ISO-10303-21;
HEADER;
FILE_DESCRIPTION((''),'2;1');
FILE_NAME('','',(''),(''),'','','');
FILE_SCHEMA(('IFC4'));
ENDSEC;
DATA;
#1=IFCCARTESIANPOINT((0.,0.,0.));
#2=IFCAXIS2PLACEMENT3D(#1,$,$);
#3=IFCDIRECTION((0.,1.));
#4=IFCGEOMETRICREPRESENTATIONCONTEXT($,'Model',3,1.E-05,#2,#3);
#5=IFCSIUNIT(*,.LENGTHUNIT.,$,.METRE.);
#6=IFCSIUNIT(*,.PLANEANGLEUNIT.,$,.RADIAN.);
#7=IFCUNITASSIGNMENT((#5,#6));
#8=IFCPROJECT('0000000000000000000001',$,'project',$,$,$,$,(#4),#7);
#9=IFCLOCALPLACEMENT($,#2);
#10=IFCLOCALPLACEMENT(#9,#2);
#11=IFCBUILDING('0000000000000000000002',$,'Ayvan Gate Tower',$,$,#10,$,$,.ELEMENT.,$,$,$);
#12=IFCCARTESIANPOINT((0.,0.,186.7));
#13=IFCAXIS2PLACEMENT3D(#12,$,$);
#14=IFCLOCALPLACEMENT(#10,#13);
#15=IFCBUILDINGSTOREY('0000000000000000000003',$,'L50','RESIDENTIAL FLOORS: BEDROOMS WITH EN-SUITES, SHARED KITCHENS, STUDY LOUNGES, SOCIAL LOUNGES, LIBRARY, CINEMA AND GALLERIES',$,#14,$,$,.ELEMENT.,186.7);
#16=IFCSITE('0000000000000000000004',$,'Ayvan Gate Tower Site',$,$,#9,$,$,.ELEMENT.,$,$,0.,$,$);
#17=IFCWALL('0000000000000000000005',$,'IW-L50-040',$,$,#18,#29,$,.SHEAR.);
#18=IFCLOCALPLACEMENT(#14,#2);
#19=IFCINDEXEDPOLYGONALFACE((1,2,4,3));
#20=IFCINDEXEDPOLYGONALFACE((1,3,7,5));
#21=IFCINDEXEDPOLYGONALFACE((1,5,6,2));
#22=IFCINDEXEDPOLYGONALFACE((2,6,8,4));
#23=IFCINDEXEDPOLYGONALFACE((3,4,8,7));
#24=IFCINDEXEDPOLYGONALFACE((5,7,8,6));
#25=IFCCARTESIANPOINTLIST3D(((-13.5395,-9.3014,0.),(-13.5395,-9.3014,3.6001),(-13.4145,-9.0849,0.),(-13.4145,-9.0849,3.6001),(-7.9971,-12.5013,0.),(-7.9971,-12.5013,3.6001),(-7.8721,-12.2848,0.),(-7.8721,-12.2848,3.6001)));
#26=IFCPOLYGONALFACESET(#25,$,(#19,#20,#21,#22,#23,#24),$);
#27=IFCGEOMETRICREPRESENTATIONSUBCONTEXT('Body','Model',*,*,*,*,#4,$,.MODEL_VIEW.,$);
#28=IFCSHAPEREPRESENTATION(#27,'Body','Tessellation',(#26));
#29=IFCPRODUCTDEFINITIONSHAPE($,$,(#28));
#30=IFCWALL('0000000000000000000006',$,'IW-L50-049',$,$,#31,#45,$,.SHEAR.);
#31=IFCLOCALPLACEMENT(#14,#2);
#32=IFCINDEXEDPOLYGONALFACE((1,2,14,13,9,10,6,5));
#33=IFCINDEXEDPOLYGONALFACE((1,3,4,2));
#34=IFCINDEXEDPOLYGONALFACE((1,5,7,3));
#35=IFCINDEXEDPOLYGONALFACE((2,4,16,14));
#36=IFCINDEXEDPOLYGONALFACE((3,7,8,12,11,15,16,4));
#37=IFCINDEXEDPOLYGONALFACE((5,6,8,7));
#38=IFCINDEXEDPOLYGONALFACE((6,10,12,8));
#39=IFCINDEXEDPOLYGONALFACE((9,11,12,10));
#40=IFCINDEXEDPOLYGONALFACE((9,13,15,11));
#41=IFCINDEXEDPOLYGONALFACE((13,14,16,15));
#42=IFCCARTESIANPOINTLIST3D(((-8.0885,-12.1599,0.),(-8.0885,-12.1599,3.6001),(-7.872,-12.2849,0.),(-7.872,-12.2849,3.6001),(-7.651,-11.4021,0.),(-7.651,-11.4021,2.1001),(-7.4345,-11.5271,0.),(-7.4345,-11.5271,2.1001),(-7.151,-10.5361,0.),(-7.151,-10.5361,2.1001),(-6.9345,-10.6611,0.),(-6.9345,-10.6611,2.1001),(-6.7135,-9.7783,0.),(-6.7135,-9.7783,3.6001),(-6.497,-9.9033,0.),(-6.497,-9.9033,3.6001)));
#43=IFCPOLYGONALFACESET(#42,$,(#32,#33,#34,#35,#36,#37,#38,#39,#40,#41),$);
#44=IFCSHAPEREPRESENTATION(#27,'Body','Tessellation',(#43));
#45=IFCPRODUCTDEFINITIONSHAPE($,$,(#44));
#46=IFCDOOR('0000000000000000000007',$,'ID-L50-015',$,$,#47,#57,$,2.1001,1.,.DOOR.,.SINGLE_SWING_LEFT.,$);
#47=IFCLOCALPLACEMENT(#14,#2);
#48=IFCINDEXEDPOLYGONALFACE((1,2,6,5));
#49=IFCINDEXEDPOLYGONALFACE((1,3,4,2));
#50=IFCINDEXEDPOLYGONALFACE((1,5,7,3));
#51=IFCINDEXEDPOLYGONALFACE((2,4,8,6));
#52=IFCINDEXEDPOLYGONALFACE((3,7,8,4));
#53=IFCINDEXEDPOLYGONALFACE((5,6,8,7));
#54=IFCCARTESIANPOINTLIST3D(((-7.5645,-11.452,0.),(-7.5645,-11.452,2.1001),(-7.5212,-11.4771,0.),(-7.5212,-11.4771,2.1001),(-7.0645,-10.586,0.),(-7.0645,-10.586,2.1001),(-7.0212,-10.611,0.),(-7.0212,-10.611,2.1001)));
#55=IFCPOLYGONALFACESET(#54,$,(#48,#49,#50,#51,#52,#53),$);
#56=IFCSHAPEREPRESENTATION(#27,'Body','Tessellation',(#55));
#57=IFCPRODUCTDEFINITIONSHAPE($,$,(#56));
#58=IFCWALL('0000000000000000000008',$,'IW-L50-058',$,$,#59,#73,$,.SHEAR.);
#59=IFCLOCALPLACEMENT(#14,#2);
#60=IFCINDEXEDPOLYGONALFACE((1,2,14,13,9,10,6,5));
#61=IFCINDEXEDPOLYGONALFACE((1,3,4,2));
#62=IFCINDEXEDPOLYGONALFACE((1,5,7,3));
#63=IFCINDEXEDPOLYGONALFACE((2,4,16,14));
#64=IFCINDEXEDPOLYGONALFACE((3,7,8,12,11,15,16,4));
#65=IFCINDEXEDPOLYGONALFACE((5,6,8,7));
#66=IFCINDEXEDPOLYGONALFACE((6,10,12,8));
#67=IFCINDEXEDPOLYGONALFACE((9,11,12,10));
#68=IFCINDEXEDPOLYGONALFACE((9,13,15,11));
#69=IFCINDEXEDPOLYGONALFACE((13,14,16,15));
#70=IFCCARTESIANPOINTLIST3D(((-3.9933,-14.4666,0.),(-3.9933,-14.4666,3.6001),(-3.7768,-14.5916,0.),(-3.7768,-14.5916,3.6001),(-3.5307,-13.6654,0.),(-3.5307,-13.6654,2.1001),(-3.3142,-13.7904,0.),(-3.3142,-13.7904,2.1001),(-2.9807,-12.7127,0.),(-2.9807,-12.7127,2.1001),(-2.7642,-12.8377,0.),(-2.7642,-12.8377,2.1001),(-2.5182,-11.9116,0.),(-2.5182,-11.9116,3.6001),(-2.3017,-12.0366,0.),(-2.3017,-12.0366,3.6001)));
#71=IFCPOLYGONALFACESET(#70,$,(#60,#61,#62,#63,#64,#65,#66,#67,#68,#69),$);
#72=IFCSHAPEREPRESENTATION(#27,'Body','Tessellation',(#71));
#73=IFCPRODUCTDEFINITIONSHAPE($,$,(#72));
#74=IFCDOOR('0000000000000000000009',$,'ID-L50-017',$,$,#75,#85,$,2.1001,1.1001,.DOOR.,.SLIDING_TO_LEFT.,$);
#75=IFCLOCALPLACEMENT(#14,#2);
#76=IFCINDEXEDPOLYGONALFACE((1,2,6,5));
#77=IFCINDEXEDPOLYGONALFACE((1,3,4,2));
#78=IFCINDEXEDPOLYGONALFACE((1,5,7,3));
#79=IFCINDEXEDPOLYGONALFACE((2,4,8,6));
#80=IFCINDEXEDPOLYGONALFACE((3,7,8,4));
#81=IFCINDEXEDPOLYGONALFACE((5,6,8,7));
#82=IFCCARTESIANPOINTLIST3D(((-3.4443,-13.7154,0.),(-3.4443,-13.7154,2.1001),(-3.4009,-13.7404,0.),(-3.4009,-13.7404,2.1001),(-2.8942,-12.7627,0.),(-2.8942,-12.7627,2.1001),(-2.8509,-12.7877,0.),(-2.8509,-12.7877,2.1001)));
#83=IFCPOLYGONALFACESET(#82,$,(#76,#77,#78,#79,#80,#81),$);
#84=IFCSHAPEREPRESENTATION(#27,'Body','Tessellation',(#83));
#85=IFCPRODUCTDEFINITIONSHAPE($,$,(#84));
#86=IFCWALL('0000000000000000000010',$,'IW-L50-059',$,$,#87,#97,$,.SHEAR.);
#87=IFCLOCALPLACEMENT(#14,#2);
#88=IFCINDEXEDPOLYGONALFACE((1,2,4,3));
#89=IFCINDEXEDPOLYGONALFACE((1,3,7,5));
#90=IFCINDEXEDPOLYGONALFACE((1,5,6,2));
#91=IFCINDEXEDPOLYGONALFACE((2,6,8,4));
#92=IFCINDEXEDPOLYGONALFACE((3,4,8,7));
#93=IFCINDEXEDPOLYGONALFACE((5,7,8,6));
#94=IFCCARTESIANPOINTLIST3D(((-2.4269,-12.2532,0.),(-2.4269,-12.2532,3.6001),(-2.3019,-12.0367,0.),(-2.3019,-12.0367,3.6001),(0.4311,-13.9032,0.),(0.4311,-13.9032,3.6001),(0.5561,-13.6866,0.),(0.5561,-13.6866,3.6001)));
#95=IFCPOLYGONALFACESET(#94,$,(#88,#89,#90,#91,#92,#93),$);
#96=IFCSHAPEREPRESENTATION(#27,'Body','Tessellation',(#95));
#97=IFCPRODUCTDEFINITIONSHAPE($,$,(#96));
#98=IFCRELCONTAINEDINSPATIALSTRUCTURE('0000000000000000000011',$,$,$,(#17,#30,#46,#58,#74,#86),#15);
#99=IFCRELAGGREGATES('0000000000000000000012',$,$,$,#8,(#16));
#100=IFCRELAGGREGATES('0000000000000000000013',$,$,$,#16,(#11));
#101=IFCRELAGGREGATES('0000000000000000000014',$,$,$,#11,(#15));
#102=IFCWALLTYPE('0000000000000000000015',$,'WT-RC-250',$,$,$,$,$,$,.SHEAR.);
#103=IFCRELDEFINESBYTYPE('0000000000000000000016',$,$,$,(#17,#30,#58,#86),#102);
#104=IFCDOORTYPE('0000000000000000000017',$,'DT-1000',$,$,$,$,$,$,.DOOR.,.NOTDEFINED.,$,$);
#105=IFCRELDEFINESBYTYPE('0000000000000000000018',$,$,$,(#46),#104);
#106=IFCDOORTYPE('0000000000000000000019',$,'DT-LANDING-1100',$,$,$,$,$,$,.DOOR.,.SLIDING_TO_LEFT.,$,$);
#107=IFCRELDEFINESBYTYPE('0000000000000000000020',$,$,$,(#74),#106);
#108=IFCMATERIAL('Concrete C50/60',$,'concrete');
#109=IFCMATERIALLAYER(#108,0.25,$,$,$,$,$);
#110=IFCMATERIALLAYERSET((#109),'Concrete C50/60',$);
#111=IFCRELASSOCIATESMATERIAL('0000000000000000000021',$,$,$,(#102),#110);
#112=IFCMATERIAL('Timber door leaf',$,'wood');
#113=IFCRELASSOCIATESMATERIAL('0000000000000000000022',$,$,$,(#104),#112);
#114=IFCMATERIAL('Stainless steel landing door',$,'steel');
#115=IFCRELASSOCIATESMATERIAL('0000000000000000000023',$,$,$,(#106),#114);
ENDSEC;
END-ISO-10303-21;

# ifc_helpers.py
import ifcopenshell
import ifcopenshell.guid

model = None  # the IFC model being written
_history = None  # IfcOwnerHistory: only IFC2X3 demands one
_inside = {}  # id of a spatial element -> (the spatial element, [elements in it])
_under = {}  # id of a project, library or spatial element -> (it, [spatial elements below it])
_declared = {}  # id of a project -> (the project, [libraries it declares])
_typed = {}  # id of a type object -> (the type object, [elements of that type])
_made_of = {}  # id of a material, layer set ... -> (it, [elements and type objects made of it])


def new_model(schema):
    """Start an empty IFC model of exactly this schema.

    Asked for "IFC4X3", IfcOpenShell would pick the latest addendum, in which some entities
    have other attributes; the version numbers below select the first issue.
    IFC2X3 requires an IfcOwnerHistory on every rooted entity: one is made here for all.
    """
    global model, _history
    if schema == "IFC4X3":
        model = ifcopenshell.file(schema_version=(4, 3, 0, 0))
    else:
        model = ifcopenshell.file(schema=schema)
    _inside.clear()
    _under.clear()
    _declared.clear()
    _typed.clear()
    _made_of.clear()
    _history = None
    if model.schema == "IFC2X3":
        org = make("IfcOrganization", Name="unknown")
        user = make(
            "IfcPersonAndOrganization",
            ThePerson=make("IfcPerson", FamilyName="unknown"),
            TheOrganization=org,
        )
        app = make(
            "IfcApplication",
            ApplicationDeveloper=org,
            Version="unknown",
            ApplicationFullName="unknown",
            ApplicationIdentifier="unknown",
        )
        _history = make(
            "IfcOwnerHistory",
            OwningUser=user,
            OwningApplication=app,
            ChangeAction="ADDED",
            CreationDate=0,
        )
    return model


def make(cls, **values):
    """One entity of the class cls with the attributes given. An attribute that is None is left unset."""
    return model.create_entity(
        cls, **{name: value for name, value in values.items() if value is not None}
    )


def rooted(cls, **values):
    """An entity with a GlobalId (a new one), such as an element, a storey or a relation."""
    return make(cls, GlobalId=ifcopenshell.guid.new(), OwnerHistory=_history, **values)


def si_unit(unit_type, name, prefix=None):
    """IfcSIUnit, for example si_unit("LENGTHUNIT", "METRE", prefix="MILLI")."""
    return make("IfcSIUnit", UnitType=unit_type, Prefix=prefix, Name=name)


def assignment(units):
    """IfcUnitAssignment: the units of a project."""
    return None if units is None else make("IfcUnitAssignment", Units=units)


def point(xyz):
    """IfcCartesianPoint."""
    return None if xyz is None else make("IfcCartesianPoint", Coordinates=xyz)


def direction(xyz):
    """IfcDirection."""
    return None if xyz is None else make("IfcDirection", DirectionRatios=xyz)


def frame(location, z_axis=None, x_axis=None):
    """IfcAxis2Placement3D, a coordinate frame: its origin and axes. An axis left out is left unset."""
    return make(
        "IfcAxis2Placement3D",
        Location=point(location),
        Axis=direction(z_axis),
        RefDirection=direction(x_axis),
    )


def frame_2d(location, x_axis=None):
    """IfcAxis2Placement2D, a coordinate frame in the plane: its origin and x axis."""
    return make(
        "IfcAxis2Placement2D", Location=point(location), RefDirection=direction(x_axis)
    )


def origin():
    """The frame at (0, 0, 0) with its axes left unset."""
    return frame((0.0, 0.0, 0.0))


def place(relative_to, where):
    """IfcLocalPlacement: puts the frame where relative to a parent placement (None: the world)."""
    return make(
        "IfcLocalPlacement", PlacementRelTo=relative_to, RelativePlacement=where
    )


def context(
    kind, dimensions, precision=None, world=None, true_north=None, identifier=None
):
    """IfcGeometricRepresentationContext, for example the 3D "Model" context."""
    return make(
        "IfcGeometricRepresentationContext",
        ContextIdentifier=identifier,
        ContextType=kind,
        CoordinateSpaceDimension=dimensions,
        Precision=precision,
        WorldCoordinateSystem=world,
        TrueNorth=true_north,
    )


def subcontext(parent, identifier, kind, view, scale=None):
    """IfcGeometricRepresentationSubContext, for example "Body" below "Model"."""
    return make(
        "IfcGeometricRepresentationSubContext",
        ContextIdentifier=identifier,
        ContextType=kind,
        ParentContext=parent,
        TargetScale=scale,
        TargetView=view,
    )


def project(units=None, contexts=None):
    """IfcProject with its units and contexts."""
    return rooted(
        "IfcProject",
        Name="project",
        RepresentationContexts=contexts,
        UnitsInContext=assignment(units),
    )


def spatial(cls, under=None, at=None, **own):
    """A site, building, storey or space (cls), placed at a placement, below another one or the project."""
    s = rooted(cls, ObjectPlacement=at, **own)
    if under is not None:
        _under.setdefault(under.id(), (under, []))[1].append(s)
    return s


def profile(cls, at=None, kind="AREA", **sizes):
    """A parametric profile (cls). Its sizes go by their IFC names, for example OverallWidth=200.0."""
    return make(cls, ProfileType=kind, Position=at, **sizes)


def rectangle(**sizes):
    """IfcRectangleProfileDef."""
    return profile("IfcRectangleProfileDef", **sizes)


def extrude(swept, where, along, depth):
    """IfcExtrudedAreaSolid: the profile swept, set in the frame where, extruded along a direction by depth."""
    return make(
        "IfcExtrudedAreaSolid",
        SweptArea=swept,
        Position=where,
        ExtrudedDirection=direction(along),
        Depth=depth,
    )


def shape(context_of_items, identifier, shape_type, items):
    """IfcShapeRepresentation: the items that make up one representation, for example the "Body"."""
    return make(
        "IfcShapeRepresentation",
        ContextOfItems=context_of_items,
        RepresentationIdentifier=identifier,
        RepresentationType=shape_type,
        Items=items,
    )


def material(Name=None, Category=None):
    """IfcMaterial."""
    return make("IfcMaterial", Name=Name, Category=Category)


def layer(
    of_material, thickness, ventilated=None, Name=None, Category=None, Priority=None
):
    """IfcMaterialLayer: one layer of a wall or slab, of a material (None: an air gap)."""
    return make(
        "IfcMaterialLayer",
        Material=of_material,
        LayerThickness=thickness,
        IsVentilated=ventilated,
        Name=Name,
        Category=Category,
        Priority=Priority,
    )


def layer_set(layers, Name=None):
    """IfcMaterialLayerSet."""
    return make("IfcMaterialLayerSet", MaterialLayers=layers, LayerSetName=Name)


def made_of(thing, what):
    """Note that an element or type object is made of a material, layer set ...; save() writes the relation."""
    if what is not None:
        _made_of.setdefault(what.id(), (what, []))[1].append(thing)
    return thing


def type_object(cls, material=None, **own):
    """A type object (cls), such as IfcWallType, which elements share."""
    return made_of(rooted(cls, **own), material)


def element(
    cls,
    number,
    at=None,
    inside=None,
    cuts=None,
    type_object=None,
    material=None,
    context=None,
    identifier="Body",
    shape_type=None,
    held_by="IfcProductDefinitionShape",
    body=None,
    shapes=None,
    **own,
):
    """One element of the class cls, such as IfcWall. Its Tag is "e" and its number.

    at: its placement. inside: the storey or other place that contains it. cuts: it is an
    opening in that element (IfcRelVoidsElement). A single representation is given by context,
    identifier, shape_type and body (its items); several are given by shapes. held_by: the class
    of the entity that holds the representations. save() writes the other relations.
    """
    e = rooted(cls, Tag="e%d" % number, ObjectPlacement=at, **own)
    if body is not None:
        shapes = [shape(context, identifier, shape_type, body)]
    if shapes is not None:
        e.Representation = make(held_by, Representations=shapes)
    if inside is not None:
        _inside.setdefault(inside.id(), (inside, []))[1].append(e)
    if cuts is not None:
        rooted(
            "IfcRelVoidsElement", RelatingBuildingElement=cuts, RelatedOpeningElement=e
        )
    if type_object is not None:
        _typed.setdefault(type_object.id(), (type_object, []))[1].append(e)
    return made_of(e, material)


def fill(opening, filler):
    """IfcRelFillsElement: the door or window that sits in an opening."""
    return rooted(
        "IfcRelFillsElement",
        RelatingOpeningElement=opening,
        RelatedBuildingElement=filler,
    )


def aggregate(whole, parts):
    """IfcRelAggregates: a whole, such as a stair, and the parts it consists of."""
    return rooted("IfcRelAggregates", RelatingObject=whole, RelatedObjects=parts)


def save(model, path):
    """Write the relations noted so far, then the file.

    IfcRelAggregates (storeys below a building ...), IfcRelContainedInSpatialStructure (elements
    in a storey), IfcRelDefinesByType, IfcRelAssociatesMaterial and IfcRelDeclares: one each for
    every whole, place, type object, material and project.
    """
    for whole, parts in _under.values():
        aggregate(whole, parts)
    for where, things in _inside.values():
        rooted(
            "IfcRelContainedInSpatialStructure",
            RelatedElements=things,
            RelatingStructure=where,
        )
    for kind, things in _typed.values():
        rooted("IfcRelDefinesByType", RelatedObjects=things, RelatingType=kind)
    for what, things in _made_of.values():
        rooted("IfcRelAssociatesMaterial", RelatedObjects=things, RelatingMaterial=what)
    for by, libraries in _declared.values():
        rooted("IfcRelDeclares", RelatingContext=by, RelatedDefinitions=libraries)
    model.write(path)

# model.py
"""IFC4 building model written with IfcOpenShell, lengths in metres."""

from ifc_helpers import new_model, si_unit, direction, frame, frame_2d, origin, place, context, subcontext, project, spatial, rectangle, extrude, material, layer, layer_set, type_object, element, fill, save


model = new_model("IFC4")

# Units and contexts
model_context = context("Model", 3, precision=1e-05, world=origin(), true_north=direction((0.0, 1.0)))
body_context = subcontext(model_context, "Body", "Model", "MODEL_VIEW")
ifc_project = project(units=[si_unit("LENGTHUNIT", "METRE"), si_unit("PLANEANGLEUNIT", "RADIAN")], contexts=[model_context])

# Site, building, storey
site_placement = place(None, origin())
site = spatial("IfcSite", under=ifc_project, at=site_placement, Name="Ayvan Gate Tower Site", CompositionType="ELEMENT", RefElevation=0.0)
building_placement = place(site_placement, origin())
building = spatial("IfcBuilding", under=site, at=building_placement, Name="Ayvan Gate Tower", CompositionType="ELEMENT")
storey_placement = place(building_placement, frame((0.0, 0.0, 186.7)))
storey = spatial("IfcBuildingStorey", under=building, at=storey_placement, Name="L50", Description="RESIDENTIAL FLOORS: BEDROOMS WITH EN-SUITES, SHARED KITCHENS, STUDY LOUNGES, SOCIAL LOUNGES, LIBRARY, CINEMA AND GALLERIES", CompositionType="ELEMENT", Elevation=186.7)

# Shared definitions
ifc_material_1 = material(Name="Timber door leaf", Category="wood")

# Wall
ifc_material_2 = material(Name="Concrete C50/60", Category="concrete")
ifc_layer_1 = layer(ifc_material_2, 0.25)
ifc_layer_set_1 = layer_set([ifc_layer_1], Name="Concrete C50/60")
wall_type_1 = type_object("IfcWallType", Name="WT-RC-250", PredefinedType="SHEAR", material=ifc_layer_set_1)
wall_1_placement = place(storey_placement, frame((-7.9346, -12.3931, 0.0), z_axis=(0.0, 0.0, 1.0), x_axis=(-0.866025, 0.5, 0.0)))
element("IfcWall", 1, at=wall_1_placement, inside=storey, type_object=wall_type_1, Name="IW-L50-040", PredefinedType="SHEAR", context=body_context, shape_type="SweptSolid", body=[
    extrude(rectangle(XDim=6.3999, YDim=0.25, at=frame_2d((3.2, 0.0))), origin(), (0.0, 0.0, 1.0), 3.6001),
])

# Walls, openings, doors
wall_2_placement = place(storey_placement, frame((-6.6052, -9.8408, 0.0), z_axis=(0.0, 0.0, 1.0), x_axis=(-0.499997, -0.866027, 0.0)))
wall_2 = element("IfcWall", 2, at=wall_2_placement, inside=storey, type_object=wall_type_1, Name="IW-L50-049", PredefinedType="SHEAR", context=body_context, shape_type="SweptSolid", body=[
    extrude(rectangle(XDim=2.75, YDim=0.25, at=frame_2d((1.375, 0.0))), origin(), (0.0, 0.0, 1.0), 3.6001),
])
opening_1_placement = place(wall_2_placement, frame((0.875, 0.0, 0.0)))
opening_1 = element("IfcOpeningElement", 3, at=opening_1_placement, cuts=wall_2, PredefinedType="OPENING", context=body_context, shape_type="SweptSolid", body=[
    extrude(rectangle(XDim=1.0, YDim=2.1001, at=frame_2d((0.5, 1.05))), frame((0.0, 0.135, 0.0), z_axis=(0.0, -1.0, 0.0), x_axis=(1.0, 0.0, 0.0)), (0.0, 0.0, 1.0), 0.27),
])
door_type_1 = type_object("IfcDoorType", Name="DT-1000", OperationType="NOTDEFINED", PredefinedType="DOOR", material=ifc_material_1)
door_1_placement = place(opening_1_placement, origin())
door_1 = element("IfcDoor", 4, at=door_1_placement, inside=storey, type_object=door_type_1, Name="ID-L50-015", OperationType="SINGLE_SWING_LEFT", OverallHeight=2.1001, OverallWidth=1.0, PredefinedType="DOOR", context=body_context, shape_type="SweptSolid", body=[
    extrude(rectangle(XDim=1.0, YDim=2.1001, at=frame_2d((0.5, 1.05))), frame((0.0, 0.0249, 0.0), z_axis=(0.0, -1.0, 0.0), x_axis=(1.0, 0.0, 0.0)), (0.0, 0.0, 1.0), 0.05),
])
fill(opening_1, door_1)
wall_3_placement = place(storey_placement, frame((-2.4099, -11.9741, 0.0), z_axis=(0.0, 0.0, 1.0), x_axis=(-0.500002, -0.866024, 0.0)))
wall_3 = element("IfcWall", 5, at=wall_3_placement, inside=storey, type_object=wall_type_1, Name="IW-L50-058", PredefinedType="SHEAR", context=body_context, shape_type="SweptSolid", body=[
    extrude(rectangle(XDim=2.9502, YDim=0.25, at=frame_2d((1.4751, 0.0))), origin(), (0.0, 0.0, 1.0), 3.6001),
])
opening_2_placement = place(wall_3_placement, frame((0.925, 0.0, 0.0)))
opening_2 = element("IfcOpeningElement", 6, at=opening_2_placement, cuts=wall_3, PredefinedType="OPENING", context=body_context, shape_type="SweptSolid", body=[
    extrude(rectangle(XDim=1.1001, YDim=2.1001, at=frame_2d((0.55, 1.05))), frame((0.0, 0.135, 0.0), z_axis=(0.0, -1.0, 0.0), x_axis=(1.0, 0.0, 0.0)), (0.0, 0.0, 1.0), 0.27),
])
ifc_material_3 = material(Name="Stainless steel landing door", Category="steel")
door_type_2 = type_object("IfcDoorType", Name="DT-LANDING-1100", OperationType="SLIDING_TO_LEFT", PredefinedType="DOOR", material=ifc_material_3)
door_2_placement = place(opening_2_placement, origin())
door_2 = element("IfcDoor", 7, at=door_2_placement, inside=storey, type_object=door_type_2, Name="ID-L50-017", OperationType="SLIDING_TO_LEFT", OverallHeight=2.1001, OverallWidth=1.1001, PredefinedType="DOOR", context=body_context, shape_type="SweptSolid", body=[
    extrude(rectangle(XDim=1.1001, YDim=2.1001, at=frame_2d((0.55, 1.05))), frame((0.0, 0.0249, 0.0), z_axis=(0.0, -1.0, 0.0), x_axis=(1.0, 0.0, 0.0)), (0.0, 0.0, 1.0), 0.05),
])
fill(opening_2, door_2)

# Wall
wall_4_placement = place(storey_placement, frame((-2.3643, -12.145, 0.0), z_axis=(0.0, 0.0, 1.0), x_axis=(0.86604, -0.499974, 0.0)))
element("IfcWall", 8, at=wall_4_placement, inside=storey, type_object=wall_type_1, Name="IW-L50-059", PredefinedType="SHEAR", context=body_context, shape_type="SweptSolid", body=[
    extrude(rectangle(XDim=3.3, YDim=0.25, at=frame_2d((1.6499, 0.0))), origin(), (0.0, 0.0, 1.0), 3.6001),
])

save(model, "model.ifc")
